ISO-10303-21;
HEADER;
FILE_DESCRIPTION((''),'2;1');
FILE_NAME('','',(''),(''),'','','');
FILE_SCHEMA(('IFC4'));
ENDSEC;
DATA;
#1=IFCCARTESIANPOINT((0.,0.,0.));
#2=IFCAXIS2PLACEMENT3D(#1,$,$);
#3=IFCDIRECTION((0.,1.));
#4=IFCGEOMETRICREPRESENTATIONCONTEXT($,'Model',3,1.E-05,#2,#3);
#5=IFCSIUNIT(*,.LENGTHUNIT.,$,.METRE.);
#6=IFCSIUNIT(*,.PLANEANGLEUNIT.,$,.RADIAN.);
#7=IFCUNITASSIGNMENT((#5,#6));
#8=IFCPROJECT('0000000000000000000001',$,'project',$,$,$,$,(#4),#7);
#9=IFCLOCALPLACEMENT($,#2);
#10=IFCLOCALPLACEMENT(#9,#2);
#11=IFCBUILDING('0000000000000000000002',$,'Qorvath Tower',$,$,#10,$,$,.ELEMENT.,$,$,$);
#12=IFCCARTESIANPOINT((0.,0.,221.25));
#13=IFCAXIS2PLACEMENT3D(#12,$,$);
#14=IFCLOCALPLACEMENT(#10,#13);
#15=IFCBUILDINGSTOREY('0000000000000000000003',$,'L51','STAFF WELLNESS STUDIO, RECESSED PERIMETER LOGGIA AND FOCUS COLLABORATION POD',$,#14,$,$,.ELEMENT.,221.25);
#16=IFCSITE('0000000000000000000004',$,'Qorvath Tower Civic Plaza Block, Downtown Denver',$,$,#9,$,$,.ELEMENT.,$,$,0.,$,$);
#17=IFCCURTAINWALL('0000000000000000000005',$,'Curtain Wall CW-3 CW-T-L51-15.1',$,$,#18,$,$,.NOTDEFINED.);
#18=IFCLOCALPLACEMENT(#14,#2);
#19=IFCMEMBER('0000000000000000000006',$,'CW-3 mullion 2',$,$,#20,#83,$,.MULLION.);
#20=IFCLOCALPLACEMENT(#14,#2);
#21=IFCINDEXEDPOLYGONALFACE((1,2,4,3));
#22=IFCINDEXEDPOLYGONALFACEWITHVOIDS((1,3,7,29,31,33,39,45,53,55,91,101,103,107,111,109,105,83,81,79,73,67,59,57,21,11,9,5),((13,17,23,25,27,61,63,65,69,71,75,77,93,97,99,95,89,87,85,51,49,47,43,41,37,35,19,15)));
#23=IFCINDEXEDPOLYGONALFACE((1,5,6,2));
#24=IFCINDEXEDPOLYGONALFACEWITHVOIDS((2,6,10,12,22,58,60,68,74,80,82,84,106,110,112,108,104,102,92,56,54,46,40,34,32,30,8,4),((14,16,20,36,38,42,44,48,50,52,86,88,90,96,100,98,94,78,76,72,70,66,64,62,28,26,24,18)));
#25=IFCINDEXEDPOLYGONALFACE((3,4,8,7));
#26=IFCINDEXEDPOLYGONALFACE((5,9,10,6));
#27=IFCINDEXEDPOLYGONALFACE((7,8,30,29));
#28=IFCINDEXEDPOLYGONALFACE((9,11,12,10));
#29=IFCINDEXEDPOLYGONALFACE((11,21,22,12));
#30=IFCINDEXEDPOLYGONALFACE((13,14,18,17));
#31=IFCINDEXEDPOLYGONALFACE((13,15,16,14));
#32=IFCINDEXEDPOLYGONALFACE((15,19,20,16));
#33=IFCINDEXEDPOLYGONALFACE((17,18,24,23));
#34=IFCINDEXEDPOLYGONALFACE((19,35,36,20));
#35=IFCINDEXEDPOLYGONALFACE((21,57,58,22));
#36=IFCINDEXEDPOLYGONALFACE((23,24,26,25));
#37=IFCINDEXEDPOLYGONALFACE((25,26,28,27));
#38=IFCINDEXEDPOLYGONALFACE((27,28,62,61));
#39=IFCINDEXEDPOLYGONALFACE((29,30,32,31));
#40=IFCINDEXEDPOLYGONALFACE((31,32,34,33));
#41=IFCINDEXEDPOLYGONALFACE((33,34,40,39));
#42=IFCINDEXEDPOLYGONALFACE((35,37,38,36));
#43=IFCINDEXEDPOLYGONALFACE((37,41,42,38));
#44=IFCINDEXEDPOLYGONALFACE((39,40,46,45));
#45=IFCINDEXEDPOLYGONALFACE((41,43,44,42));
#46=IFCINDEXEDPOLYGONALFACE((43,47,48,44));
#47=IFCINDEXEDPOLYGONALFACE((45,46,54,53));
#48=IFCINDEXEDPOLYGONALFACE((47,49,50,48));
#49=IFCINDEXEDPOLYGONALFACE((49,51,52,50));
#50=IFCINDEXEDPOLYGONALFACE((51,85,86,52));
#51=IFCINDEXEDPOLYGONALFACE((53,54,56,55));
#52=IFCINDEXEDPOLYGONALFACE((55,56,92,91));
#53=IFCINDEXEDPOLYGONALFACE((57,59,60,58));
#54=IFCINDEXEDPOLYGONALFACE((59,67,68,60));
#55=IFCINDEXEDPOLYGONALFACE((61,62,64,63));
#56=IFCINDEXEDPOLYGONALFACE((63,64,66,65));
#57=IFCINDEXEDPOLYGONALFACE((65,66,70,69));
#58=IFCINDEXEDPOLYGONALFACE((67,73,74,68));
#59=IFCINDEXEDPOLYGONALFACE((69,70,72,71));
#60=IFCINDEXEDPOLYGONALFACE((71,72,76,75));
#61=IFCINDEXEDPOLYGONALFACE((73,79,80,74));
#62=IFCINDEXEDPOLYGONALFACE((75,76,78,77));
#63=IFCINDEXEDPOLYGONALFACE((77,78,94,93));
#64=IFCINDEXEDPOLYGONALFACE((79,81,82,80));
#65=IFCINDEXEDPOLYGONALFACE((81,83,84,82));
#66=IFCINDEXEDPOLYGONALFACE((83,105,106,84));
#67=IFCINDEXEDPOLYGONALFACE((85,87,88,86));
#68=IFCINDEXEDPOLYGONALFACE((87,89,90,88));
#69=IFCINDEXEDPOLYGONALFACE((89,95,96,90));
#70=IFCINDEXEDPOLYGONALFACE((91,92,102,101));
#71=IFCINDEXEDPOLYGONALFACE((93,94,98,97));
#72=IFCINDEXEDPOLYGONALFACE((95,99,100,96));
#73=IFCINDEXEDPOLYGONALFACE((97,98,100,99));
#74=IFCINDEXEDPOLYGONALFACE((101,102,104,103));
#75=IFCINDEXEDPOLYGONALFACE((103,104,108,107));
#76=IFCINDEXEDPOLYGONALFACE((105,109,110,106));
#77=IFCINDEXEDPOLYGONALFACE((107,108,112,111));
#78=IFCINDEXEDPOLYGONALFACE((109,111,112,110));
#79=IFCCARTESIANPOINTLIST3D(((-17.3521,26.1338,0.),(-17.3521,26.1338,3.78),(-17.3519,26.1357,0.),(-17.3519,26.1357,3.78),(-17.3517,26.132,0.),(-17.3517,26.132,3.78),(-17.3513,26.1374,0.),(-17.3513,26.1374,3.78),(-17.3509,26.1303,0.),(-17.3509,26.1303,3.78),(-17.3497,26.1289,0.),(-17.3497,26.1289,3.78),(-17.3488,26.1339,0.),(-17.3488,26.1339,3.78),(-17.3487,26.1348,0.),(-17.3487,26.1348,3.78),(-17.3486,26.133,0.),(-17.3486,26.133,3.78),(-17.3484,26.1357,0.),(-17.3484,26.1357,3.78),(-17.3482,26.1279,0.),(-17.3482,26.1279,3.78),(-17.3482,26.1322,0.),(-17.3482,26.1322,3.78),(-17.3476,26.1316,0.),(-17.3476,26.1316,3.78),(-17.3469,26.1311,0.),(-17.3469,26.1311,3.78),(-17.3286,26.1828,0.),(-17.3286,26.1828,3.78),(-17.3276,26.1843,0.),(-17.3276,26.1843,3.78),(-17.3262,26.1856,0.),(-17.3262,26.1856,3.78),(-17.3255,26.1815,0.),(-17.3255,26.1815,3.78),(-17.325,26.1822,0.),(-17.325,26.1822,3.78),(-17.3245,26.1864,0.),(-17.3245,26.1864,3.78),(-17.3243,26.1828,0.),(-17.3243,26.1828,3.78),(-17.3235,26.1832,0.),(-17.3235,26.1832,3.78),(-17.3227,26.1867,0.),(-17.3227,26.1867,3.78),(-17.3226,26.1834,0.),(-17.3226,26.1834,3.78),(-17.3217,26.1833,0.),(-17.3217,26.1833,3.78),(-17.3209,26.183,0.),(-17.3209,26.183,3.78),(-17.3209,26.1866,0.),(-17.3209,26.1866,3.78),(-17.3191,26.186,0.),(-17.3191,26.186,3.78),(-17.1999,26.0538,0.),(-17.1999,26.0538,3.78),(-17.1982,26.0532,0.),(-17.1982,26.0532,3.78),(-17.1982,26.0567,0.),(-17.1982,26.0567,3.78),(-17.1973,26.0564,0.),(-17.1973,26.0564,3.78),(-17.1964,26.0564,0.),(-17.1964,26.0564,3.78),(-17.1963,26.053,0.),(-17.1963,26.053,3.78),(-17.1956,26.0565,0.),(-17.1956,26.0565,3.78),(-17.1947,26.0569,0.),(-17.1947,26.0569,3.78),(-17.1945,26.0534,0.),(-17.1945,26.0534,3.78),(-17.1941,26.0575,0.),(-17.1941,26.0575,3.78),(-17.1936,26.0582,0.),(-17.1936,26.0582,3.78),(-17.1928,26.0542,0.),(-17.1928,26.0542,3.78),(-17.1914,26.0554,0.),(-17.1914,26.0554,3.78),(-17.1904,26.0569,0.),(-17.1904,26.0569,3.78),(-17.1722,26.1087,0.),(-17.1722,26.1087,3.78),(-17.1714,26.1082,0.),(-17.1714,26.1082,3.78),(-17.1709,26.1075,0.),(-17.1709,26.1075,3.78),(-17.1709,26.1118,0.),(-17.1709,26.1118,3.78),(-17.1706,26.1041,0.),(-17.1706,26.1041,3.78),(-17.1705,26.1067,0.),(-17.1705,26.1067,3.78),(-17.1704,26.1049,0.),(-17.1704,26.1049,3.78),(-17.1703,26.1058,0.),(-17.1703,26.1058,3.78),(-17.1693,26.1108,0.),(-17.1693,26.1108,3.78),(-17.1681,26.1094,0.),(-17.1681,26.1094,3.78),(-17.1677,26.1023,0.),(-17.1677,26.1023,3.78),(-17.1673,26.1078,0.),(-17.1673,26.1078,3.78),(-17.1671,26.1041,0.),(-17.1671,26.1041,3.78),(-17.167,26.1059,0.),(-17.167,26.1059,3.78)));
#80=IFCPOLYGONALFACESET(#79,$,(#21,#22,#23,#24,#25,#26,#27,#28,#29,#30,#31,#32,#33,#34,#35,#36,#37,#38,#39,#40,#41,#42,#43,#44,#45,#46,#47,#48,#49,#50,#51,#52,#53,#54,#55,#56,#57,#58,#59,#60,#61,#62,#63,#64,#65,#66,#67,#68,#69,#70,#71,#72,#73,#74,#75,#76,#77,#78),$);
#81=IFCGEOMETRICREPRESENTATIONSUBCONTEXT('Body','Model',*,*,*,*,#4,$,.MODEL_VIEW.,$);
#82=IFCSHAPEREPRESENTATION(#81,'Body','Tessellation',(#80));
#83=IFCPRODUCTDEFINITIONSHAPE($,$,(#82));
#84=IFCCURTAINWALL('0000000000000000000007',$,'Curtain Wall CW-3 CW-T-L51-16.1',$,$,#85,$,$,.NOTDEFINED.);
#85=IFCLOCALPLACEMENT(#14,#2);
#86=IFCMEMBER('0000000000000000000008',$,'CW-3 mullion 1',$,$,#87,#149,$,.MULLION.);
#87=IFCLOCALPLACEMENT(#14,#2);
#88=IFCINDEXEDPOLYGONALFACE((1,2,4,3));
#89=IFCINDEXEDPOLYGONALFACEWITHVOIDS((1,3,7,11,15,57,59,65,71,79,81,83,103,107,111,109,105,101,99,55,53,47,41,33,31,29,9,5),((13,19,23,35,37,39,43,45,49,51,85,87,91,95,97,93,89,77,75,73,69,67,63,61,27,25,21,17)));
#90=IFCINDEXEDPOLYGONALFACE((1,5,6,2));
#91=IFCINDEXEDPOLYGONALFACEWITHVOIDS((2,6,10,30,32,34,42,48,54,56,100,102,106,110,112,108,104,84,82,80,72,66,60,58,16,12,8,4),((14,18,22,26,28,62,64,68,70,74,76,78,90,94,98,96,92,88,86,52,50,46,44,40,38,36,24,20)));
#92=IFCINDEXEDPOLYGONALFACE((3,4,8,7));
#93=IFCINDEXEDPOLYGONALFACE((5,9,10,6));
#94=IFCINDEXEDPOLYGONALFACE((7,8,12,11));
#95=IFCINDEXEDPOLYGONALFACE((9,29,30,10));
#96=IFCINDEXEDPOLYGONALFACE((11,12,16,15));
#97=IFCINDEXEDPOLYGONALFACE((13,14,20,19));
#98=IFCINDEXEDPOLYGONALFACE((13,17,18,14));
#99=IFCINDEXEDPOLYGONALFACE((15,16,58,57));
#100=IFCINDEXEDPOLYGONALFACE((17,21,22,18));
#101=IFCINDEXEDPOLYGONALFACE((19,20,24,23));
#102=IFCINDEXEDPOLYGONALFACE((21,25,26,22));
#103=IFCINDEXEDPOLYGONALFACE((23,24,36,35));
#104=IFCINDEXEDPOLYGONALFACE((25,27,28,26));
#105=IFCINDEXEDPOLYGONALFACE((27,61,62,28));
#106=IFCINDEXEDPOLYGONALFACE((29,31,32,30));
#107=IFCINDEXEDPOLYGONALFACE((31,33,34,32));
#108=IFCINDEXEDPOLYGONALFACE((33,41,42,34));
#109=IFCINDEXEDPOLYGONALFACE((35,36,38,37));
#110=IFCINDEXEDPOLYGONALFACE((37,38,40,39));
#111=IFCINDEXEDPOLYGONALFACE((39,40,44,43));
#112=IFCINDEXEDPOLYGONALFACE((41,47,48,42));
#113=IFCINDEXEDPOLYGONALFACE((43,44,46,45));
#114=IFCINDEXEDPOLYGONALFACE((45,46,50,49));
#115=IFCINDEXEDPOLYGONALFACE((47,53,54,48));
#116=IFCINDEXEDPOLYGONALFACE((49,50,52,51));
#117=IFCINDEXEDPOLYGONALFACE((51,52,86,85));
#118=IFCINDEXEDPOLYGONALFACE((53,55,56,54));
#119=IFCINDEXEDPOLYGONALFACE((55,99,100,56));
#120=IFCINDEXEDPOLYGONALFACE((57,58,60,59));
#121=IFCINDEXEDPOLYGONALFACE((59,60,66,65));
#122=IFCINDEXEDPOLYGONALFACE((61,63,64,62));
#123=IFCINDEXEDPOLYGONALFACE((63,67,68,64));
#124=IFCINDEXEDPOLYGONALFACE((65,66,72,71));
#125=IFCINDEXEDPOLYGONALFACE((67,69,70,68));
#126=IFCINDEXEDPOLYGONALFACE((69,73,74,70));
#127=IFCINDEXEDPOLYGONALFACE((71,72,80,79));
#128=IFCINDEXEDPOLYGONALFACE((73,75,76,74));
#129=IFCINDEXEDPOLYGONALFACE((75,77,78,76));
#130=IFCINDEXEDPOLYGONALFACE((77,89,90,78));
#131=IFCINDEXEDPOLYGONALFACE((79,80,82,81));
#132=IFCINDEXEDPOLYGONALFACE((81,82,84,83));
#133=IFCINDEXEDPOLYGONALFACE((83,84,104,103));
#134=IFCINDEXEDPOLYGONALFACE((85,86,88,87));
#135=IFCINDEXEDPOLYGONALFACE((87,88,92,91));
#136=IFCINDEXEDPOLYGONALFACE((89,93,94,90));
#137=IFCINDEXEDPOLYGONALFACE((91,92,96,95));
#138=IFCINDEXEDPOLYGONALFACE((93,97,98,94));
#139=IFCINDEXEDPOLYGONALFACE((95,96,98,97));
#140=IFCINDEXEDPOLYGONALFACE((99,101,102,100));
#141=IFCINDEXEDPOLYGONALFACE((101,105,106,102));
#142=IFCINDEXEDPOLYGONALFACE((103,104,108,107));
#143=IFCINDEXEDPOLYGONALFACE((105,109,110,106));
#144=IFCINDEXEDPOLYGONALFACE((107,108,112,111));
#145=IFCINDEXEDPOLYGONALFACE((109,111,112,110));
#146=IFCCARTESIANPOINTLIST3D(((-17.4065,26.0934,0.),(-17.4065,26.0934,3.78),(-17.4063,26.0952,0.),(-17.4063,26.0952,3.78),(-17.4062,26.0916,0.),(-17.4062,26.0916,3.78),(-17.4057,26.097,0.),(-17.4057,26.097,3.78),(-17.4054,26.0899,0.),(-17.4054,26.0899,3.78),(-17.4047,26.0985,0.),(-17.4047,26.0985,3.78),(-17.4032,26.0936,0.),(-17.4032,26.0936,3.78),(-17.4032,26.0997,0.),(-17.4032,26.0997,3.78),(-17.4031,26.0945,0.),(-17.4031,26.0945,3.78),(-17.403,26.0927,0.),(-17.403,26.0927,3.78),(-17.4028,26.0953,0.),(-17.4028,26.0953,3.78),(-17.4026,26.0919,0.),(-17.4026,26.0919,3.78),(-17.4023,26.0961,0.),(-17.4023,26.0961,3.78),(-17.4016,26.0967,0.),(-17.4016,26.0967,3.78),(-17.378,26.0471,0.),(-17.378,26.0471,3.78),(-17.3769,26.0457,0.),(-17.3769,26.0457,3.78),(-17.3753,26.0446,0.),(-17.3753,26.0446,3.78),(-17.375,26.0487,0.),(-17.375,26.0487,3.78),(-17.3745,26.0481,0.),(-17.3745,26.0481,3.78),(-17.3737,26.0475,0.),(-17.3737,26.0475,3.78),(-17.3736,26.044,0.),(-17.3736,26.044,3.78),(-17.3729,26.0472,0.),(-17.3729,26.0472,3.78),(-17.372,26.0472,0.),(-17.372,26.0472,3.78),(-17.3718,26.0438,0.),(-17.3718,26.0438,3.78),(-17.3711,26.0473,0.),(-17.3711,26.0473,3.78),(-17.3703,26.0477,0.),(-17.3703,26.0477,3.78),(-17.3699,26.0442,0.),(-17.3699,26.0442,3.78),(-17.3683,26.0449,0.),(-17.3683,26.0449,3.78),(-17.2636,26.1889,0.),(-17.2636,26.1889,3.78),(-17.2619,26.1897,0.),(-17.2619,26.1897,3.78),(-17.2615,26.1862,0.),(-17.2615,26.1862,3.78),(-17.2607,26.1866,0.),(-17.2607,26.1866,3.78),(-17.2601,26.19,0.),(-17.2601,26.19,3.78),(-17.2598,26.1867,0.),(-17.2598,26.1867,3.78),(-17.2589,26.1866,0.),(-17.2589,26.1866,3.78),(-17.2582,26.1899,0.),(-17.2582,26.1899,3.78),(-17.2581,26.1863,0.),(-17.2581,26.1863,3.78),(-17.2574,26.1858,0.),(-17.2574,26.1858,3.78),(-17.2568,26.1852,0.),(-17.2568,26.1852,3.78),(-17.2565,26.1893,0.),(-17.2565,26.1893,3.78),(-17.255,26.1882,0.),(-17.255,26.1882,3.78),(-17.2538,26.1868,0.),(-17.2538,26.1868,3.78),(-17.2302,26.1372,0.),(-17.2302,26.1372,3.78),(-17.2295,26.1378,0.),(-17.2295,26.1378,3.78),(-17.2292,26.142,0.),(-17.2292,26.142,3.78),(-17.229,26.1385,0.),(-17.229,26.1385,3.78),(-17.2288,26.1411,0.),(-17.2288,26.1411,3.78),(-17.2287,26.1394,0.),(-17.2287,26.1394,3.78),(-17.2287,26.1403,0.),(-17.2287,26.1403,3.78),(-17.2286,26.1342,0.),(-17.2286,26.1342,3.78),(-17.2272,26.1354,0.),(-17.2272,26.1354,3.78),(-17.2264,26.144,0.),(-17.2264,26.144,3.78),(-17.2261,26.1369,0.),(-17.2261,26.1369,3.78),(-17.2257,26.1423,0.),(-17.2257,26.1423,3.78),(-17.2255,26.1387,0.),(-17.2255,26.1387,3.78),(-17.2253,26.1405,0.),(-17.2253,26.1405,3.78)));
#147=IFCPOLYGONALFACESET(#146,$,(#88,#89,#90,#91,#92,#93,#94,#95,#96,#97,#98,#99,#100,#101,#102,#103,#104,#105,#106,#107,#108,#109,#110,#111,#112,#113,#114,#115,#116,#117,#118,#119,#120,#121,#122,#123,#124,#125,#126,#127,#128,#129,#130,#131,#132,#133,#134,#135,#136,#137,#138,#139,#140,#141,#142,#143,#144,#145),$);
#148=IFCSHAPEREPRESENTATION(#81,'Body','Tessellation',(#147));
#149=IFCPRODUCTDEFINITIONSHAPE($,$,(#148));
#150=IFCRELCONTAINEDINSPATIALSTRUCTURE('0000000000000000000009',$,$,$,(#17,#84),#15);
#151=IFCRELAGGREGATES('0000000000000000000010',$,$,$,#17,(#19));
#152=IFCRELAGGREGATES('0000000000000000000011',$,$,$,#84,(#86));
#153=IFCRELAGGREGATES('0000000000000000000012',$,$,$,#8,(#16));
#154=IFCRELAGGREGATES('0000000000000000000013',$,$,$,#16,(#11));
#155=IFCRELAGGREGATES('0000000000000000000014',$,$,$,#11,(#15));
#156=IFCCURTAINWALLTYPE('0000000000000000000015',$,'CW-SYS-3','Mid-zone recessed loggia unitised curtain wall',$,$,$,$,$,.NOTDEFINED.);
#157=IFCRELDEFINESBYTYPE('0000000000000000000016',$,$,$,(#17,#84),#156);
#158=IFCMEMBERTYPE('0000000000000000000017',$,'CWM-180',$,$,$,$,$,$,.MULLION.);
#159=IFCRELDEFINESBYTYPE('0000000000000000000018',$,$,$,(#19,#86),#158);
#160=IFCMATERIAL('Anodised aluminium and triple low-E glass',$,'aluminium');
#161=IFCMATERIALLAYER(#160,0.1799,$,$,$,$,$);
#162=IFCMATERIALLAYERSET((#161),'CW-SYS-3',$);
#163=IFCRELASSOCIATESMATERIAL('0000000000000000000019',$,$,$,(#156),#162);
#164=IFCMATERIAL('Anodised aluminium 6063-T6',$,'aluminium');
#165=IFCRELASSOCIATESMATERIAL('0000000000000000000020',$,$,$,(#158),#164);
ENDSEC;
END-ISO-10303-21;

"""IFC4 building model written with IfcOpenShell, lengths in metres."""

from ifc_helpers import new_model, si_unit, direction, frame, origin, origin_2d, place, context, subcontext, project, spatial, hollow_rectangle, extrude, material, layer, layer_set, material_profile, profile_set, type_object, element, aggregate, save


model = new_model("IFC4")

# Units and contexts
model_context = context("Model", 3, precision=1e-05, world=origin(), true_north=direction((0.0, 1.0)))
body_context = subcontext(model_context, "Body", "Model", "MODEL_VIEW")
ifc_project = project(units=[si_unit("LENGTHUNIT", "METRE"), si_unit("PLANEANGLEUNIT", "RADIAN")], contexts=[model_context])

# Site, building, storey
site_placement = place(None, origin())
site = spatial("IfcSite", under=ifc_project, at=site_placement, Name="Qorvath Tower Civic Plaza Block, Downtown Denver", CompositionType="ELEMENT", RefElevation=0.0)
building_placement = place(site_placement, origin())
building = spatial("IfcBuilding", under=site, at=building_placement, Name="Qorvath Tower", CompositionType="ELEMENT")
storey_placement = place(building_placement, frame((0.0, 0.0, 221.25)))
storey = spatial("IfcBuildingStorey", under=building, at=storey_placement, Name="L51", Description="STAFF WELLNESS STUDIO, RECESSED PERIMETER LOGGIA AND FOCUS COLLABORATION POD", CompositionType="ELEMENT", Elevation=221.25)

# Curtain wall, member
ifc_material_1 = material(Name="Anodised aluminium and triple low-E glass", Category="aluminium")
ifc_layer_1 = layer(ifc_material_1, 0.1799)
ifc_layer_set_1 = layer_set([ifc_layer_1], Name="CW-SYS-3")
curtain_wall_type = type_object("IfcCurtainWallType", Name="CW-SYS-3", Description="Mid-zone recessed loggia unitised curtain wall", PredefinedType="NOTDEFINED", material=ifc_layer_set_1)
curtain_wall_1_placement = place(storey_placement, origin())
curtain_wall_1 = element("IfcCurtainWall", 1, at=curtain_wall_1_placement, inside=storey, type_object=curtain_wall_type, Name="Curtain Wall CW-3 CW-T-L51-15.1", PredefinedType="NOTDEFINED")
ifc_material_2 = material(Name="Anodised aluminium 6063-T6", Category="aluminium")
ifc_material_profile_1 = material_profile(ifc_material_2, hollow_rectangle(XDim=0.0649, YDim=0.1799, WallThickness=0.0034, InnerFilletRadius=0.0034, OuterFilletRadius=0.0071, at=origin_2d()), Name="CWM 180x65")
ifc_profile_set_1 = profile_set([ifc_material_profile_1], Name="Anodised aluminium 6063-T6")
member_type_1 = type_object("IfcMemberType", Name="CWM-180", PredefinedType="MULLION", material=ifc_profile_set_1)
member_1_placement = place(storey_placement, frame((-17.2595, 26.1199, 0.0), z_axis=(0.0, 0.0, 1.0), x_axis=(-0.447223, -0.894422, 0.0)))
member_1 = element("IfcMember", 2, at=member_1_placement, type_object=member_type_1, Name="CW-3 mullion 2", PredefinedType="MULLION", context=body_context, shape_type="SweptSolid", body=[
    extrude(hollow_rectangle(XDim=0.0649, YDim=0.1799, WallThickness=0.0034, InnerFilletRadius=0.0034, OuterFilletRadius=0.0071, at=origin_2d()), origin(), (0.0, 0.0, 1.0), 3.78),
])

# Curtain wall, member
curtain_wall_2_placement = place(storey_placement, origin())
curtain_wall_2 = element("IfcCurtainWall", 3, at=curtain_wall_2_placement, inside=storey, type_object=curtain_wall_type, Name="Curtain Wall CW-3 CW-T-L51-16.1", PredefinedType="NOTDEFINED")
member_2_placement = place(storey_placement, frame((-17.3159, 26.1169, 0.0), z_axis=(0.0, 0.0, 1.0), x_axis=(0.538535, -0.842603, 0.0)))
member_2 = element("IfcMember", 4, at=member_2_placement, type_object=member_type_1, Name="CW-3 mullion 1", PredefinedType="MULLION", context=body_context, shape_type="SweptSolid", body=[
    extrude(hollow_rectangle(XDim=0.0649, YDim=0.1799, WallThickness=0.0034, InnerFilletRadius=0.0034, OuterFilletRadius=0.0071, at=origin_2d()), origin(), (0.0, 0.0, 1.0), 3.78),
])

aggregate(curtain_wall_1, [member_1])
aggregate(curtain_wall_2, [member_2])

save(model, "model.ifc")
